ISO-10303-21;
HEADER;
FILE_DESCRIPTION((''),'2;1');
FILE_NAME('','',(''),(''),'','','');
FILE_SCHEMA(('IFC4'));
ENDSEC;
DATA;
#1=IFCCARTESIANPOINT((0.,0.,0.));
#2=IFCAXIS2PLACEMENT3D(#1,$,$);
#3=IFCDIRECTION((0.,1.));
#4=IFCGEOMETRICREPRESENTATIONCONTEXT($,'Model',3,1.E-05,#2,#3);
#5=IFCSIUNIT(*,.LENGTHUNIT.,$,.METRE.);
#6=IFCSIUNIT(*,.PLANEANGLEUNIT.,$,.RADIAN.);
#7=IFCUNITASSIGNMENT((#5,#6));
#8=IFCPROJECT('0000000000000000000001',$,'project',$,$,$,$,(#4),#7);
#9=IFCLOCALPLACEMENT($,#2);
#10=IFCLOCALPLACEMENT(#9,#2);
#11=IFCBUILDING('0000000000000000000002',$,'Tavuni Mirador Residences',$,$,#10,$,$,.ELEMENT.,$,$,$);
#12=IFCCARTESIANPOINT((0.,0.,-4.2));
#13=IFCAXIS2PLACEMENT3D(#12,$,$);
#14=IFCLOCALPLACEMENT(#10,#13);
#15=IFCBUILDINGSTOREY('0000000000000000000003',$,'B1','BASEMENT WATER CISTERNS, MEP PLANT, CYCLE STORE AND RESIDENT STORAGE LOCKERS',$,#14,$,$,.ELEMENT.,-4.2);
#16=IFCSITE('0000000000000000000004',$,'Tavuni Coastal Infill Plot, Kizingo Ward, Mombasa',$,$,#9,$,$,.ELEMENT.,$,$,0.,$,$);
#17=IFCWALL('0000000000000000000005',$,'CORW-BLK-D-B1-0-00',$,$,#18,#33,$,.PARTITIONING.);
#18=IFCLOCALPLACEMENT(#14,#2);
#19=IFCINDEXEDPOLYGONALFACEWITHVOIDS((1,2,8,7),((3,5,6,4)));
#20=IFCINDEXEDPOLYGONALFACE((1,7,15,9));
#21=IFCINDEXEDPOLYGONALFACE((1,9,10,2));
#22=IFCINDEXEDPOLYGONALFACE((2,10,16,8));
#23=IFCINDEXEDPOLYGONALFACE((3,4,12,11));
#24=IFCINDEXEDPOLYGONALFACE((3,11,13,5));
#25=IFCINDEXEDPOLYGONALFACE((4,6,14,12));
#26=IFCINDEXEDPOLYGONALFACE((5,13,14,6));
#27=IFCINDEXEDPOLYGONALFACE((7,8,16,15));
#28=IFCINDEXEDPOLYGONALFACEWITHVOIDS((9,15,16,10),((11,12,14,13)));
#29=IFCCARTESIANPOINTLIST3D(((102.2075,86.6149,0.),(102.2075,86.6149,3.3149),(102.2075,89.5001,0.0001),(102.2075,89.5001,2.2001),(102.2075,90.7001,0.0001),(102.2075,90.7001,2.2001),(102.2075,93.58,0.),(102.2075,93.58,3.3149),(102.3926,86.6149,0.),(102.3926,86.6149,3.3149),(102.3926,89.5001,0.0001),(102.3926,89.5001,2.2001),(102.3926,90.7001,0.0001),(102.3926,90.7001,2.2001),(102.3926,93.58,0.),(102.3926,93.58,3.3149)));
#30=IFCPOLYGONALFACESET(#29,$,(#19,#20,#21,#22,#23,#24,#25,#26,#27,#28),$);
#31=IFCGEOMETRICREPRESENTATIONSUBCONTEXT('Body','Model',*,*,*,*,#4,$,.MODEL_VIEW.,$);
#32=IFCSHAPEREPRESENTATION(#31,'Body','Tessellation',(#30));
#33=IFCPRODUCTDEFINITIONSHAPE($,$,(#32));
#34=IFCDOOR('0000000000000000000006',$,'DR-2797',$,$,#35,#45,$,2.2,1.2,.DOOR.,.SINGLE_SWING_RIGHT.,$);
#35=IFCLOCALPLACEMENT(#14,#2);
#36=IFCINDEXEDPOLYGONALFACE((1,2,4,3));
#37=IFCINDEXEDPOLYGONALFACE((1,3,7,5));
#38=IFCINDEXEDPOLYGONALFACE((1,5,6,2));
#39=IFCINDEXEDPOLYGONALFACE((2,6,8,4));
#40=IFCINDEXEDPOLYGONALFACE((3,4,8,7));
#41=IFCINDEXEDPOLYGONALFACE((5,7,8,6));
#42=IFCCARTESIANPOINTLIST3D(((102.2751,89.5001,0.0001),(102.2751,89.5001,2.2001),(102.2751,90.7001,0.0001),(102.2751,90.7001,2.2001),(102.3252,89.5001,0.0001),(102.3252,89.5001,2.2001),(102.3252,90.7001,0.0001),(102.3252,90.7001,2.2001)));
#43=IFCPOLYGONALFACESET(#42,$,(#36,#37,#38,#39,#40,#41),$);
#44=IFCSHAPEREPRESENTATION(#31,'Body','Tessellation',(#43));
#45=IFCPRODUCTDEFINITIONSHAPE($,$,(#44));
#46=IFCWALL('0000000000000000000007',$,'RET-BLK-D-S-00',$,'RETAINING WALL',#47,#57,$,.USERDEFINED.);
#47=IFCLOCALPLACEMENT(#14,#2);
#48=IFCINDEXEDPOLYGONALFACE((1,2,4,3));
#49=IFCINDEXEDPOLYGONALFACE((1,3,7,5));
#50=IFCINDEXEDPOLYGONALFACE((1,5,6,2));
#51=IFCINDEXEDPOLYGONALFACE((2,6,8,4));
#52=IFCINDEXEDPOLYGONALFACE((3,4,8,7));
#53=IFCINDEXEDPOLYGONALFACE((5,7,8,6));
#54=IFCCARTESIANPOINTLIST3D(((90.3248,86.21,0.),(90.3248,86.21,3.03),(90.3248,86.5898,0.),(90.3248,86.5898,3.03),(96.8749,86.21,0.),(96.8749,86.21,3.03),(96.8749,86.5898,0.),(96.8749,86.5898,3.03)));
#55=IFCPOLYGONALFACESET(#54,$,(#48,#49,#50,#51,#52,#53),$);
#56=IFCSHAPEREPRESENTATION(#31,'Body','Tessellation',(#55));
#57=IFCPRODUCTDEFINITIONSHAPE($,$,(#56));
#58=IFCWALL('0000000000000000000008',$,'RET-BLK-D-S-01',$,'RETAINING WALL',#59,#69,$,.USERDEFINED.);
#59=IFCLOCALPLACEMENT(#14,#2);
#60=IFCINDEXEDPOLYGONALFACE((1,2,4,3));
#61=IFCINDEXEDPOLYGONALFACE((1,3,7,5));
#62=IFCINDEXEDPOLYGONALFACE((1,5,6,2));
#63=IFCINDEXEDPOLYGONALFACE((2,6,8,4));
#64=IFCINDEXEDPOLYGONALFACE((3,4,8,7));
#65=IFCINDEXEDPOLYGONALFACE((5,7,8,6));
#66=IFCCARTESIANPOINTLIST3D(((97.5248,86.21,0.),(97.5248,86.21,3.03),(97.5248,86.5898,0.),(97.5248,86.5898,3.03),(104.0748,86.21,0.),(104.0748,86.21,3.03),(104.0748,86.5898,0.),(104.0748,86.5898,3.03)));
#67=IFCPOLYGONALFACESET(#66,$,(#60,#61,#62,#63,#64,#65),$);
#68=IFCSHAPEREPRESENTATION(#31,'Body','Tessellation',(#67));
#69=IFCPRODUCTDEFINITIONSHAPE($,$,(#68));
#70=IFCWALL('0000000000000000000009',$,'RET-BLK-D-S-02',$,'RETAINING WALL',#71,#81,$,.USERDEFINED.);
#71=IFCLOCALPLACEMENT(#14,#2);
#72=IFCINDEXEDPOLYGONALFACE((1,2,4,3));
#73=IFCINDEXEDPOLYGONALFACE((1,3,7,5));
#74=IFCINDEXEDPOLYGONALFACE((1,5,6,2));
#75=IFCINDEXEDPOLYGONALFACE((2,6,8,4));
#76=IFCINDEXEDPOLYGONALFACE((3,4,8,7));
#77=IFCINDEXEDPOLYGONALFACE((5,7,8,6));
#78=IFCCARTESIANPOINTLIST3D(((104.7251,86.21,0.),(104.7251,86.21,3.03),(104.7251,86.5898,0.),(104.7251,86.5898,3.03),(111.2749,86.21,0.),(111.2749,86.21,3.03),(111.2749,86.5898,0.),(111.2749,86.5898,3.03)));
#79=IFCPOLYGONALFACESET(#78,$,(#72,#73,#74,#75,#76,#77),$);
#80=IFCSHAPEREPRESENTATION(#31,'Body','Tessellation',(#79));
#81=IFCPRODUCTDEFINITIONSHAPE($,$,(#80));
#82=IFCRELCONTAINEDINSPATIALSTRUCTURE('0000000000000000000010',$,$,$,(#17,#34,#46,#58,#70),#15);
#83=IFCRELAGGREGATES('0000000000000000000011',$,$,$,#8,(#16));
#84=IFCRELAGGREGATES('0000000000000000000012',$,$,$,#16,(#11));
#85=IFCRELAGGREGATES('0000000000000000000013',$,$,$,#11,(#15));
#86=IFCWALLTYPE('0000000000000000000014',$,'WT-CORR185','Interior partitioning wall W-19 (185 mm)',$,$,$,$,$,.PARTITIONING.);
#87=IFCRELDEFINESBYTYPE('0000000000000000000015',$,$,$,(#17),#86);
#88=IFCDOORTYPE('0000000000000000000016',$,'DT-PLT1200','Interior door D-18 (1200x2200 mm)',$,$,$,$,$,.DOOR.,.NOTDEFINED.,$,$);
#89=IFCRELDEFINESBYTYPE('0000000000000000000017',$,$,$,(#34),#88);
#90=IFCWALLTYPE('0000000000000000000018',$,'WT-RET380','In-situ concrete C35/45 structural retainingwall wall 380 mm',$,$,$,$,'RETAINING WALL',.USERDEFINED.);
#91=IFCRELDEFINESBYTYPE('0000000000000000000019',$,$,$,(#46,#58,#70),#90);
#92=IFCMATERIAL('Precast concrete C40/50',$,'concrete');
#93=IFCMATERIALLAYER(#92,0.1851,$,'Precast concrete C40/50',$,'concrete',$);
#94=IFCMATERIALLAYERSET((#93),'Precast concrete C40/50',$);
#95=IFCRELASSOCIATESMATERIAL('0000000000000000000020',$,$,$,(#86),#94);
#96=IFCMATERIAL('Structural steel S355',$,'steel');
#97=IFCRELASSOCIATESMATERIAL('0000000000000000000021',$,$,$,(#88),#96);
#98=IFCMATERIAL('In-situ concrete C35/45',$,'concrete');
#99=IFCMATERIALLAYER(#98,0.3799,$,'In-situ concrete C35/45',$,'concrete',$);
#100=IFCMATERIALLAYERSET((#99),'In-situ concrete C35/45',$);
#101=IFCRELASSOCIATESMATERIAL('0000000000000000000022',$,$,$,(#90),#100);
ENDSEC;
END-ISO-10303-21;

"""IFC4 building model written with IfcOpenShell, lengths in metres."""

from ifc_helpers import new_model, si_unit, direction, frame, frame_2d, origin, place, context, subcontext, project, spatial, rectangle, extrude, material, layer, layer_set, type_object, element, fill, save


model = new_model("IFC4")

# Units and contexts
model_context = context("Model", 3, precision=1e-05, world=origin(), true_north=direction((0.0, 1.0)))
body_context = subcontext(model_context, "Body", "Model", "MODEL_VIEW")
ifc_project = project(units=[si_unit("LENGTHUNIT", "METRE"), si_unit("PLANEANGLEUNIT", "RADIAN")], contexts=[model_context])

# Site, building, storey
site_placement = place(None, origin())
site = spatial("IfcSite", under=ifc_project, at=site_placement, Name="Tavuni Coastal Infill Plot, Kizingo Ward, Mombasa", CompositionType="ELEMENT", RefElevation=0.0)
building_placement = place(site_placement, origin())
building = spatial("IfcBuilding", under=site, at=building_placement, Name="Tavuni Mirador Residences", CompositionType="ELEMENT")
storey_placement = place(building_placement, frame((0.0, 0.0, -4.2)))
storey = spatial("IfcBuildingStorey", under=building, at=storey_placement, Name="B1", Description="BASEMENT WATER CISTERNS, MEP PLANT, CYCLE STORE AND RESIDENT STORAGE LOCKERS", CompositionType="ELEMENT", Elevation=-4.2)

# Shared definitions
ifc_material_1 = material(Name="In-situ concrete C35/45", Category="concrete")

# Shared definitions
ifc_material_2 = material(Name="Precast concrete C40/50", Category="concrete")

# Wall, opening, door
ifc_layer_1 = layer(ifc_material_2, 0.1851, Name="Precast concrete C40/50", Category="concrete")
ifc_layer_set_1 = layer_set([ifc_layer_1], Name="Precast concrete C40/50")
wall_type_1 = type_object("IfcWallType", Name="WT-CORR185", Description="Interior partitioning wall W-19 (185 mm)", PredefinedType="PARTITIONING", material=ifc_layer_set_1)
wall_1_placement = place(storey_placement, frame((102.3, 86.615, 0.0), z_axis=(0.0, 0.0, 1.0), x_axis=(0.0, 1.0, 0.0)))
wall_1 = element("IfcWall", 1, at=wall_1_placement, inside=storey, type_object=wall_type_1, Name="CORW-BLK-D-B1-0-00", PredefinedType="PARTITIONING", context=body_context, shape_type="SweptSolid", body=[
    extrude(rectangle(XDim=6.9651, YDim=0.1851, at=frame_2d((3.4824, 0.0))), origin(), (0.0, 0.0, 1.0), 3.3149),
])
opening_placement = place(wall_1_placement, frame((2.885, 0.0, 0.0)))
opening = element("IfcOpeningElement", 2, at=opening_placement, cuts=wall_1, PredefinedType="OPENING", context=body_context, shape_type="SweptSolid", body=[
    extrude(rectangle(XDim=1.2, YDim=2.2, at=frame_2d((0.6001, 1.1001))), frame((0.0, 0.1025, 0.0), z_axis=(0.0, -1.0, 0.0), x_axis=(1.0, 0.0, 0.0)), (0.0, 0.0, 1.0), 0.2051),
])
ifc_material_3 = material(Name="Structural steel S355", Category="steel")
door_type = type_object("IfcDoorType", Name="DT-PLT1200", Description="Interior door D-18 (1200x2200 mm)", OperationType="NOTDEFINED", PredefinedType="DOOR", material=ifc_material_3)
door_placement = place(opening_placement, origin())
door = element("IfcDoor", 3, at=door_placement, inside=storey, type_object=door_type, Name="DR-2797", OperationType="SINGLE_SWING_RIGHT", OverallHeight=2.2, OverallWidth=1.2, PredefinedType="DOOR", context=body_context, shape_type="SweptSolid", body=[
    extrude(rectangle(XDim=1.2, YDim=2.2, at=frame_2d((0.6001, 1.1001))), frame((0.0, 0.0249, 0.0), z_axis=(0.0, -1.0, 0.0), x_axis=(1.0, 0.0, 0.0)), (0.0, 0.0, 1.0), 0.05),
])
fill(opening, door)

# Walls
ifc_layer_2 = layer(ifc_material_1, 0.3799, Name="In-situ concrete C35/45", Category="concrete")
ifc_layer_set_2 = layer_set([ifc_layer_2], Name="In-situ concrete C35/45")
wall_type_2 = type_object("IfcWallType", Name="WT-RET380", Description="In-situ concrete C35/45 structural retainingwall wall 380 mm", ElementType="RETAINING WALL", PredefinedType="USERDEFINED", material=ifc_layer_set_2)
for number, where, z_axis, x_axis, name in (
    (4, (90.325, 86.3999, 0.0), (0.0, 0.0, 1.0), (1.0, 0.0, 0.0), "RET-BLK-D-S-00"),
    (5, (97.5249, 86.3999, 0.0), (0.0, 0.0, 1.0), (1.0, 0.0, 0.0), "RET-BLK-D-S-01"),
):
    element("IfcWall", number, at=place(storey_placement, frame(where, z_axis=z_axis, x_axis=x_axis)), inside=storey, type_object=wall_type_2, Name=name, ObjectType="RETAINING WALL", PredefinedType="USERDEFINED", context=body_context, shape_type="SweptSolid", body=[
        extrude(rectangle(XDim=6.55, YDim=0.3799, at=frame_2d((3.2749, 0.0))), origin(), (0.0, 0.0, 1.0), 3.03),
    ])
wall_2_placement = place(storey_placement, frame((104.7251, 86.3999, 0.0), z_axis=(0.0, 0.0, 1.0), x_axis=(1.0, 0.0, 0.0)))
element("IfcWall", 6, at=wall_2_placement, inside=storey, type_object=wall_type_2, Name="RET-BLK-D-S-02", ObjectType="RETAINING WALL", PredefinedType="USERDEFINED", context=body_context, shape_type="SweptSolid", body=[
    extrude(rectangle(XDim=6.5498, YDim=0.3799, at=frame_2d((3.2749, 0.0))), origin(), (0.0, 0.0, 1.0), 3.03),
])

save(model, "model.ifc")
